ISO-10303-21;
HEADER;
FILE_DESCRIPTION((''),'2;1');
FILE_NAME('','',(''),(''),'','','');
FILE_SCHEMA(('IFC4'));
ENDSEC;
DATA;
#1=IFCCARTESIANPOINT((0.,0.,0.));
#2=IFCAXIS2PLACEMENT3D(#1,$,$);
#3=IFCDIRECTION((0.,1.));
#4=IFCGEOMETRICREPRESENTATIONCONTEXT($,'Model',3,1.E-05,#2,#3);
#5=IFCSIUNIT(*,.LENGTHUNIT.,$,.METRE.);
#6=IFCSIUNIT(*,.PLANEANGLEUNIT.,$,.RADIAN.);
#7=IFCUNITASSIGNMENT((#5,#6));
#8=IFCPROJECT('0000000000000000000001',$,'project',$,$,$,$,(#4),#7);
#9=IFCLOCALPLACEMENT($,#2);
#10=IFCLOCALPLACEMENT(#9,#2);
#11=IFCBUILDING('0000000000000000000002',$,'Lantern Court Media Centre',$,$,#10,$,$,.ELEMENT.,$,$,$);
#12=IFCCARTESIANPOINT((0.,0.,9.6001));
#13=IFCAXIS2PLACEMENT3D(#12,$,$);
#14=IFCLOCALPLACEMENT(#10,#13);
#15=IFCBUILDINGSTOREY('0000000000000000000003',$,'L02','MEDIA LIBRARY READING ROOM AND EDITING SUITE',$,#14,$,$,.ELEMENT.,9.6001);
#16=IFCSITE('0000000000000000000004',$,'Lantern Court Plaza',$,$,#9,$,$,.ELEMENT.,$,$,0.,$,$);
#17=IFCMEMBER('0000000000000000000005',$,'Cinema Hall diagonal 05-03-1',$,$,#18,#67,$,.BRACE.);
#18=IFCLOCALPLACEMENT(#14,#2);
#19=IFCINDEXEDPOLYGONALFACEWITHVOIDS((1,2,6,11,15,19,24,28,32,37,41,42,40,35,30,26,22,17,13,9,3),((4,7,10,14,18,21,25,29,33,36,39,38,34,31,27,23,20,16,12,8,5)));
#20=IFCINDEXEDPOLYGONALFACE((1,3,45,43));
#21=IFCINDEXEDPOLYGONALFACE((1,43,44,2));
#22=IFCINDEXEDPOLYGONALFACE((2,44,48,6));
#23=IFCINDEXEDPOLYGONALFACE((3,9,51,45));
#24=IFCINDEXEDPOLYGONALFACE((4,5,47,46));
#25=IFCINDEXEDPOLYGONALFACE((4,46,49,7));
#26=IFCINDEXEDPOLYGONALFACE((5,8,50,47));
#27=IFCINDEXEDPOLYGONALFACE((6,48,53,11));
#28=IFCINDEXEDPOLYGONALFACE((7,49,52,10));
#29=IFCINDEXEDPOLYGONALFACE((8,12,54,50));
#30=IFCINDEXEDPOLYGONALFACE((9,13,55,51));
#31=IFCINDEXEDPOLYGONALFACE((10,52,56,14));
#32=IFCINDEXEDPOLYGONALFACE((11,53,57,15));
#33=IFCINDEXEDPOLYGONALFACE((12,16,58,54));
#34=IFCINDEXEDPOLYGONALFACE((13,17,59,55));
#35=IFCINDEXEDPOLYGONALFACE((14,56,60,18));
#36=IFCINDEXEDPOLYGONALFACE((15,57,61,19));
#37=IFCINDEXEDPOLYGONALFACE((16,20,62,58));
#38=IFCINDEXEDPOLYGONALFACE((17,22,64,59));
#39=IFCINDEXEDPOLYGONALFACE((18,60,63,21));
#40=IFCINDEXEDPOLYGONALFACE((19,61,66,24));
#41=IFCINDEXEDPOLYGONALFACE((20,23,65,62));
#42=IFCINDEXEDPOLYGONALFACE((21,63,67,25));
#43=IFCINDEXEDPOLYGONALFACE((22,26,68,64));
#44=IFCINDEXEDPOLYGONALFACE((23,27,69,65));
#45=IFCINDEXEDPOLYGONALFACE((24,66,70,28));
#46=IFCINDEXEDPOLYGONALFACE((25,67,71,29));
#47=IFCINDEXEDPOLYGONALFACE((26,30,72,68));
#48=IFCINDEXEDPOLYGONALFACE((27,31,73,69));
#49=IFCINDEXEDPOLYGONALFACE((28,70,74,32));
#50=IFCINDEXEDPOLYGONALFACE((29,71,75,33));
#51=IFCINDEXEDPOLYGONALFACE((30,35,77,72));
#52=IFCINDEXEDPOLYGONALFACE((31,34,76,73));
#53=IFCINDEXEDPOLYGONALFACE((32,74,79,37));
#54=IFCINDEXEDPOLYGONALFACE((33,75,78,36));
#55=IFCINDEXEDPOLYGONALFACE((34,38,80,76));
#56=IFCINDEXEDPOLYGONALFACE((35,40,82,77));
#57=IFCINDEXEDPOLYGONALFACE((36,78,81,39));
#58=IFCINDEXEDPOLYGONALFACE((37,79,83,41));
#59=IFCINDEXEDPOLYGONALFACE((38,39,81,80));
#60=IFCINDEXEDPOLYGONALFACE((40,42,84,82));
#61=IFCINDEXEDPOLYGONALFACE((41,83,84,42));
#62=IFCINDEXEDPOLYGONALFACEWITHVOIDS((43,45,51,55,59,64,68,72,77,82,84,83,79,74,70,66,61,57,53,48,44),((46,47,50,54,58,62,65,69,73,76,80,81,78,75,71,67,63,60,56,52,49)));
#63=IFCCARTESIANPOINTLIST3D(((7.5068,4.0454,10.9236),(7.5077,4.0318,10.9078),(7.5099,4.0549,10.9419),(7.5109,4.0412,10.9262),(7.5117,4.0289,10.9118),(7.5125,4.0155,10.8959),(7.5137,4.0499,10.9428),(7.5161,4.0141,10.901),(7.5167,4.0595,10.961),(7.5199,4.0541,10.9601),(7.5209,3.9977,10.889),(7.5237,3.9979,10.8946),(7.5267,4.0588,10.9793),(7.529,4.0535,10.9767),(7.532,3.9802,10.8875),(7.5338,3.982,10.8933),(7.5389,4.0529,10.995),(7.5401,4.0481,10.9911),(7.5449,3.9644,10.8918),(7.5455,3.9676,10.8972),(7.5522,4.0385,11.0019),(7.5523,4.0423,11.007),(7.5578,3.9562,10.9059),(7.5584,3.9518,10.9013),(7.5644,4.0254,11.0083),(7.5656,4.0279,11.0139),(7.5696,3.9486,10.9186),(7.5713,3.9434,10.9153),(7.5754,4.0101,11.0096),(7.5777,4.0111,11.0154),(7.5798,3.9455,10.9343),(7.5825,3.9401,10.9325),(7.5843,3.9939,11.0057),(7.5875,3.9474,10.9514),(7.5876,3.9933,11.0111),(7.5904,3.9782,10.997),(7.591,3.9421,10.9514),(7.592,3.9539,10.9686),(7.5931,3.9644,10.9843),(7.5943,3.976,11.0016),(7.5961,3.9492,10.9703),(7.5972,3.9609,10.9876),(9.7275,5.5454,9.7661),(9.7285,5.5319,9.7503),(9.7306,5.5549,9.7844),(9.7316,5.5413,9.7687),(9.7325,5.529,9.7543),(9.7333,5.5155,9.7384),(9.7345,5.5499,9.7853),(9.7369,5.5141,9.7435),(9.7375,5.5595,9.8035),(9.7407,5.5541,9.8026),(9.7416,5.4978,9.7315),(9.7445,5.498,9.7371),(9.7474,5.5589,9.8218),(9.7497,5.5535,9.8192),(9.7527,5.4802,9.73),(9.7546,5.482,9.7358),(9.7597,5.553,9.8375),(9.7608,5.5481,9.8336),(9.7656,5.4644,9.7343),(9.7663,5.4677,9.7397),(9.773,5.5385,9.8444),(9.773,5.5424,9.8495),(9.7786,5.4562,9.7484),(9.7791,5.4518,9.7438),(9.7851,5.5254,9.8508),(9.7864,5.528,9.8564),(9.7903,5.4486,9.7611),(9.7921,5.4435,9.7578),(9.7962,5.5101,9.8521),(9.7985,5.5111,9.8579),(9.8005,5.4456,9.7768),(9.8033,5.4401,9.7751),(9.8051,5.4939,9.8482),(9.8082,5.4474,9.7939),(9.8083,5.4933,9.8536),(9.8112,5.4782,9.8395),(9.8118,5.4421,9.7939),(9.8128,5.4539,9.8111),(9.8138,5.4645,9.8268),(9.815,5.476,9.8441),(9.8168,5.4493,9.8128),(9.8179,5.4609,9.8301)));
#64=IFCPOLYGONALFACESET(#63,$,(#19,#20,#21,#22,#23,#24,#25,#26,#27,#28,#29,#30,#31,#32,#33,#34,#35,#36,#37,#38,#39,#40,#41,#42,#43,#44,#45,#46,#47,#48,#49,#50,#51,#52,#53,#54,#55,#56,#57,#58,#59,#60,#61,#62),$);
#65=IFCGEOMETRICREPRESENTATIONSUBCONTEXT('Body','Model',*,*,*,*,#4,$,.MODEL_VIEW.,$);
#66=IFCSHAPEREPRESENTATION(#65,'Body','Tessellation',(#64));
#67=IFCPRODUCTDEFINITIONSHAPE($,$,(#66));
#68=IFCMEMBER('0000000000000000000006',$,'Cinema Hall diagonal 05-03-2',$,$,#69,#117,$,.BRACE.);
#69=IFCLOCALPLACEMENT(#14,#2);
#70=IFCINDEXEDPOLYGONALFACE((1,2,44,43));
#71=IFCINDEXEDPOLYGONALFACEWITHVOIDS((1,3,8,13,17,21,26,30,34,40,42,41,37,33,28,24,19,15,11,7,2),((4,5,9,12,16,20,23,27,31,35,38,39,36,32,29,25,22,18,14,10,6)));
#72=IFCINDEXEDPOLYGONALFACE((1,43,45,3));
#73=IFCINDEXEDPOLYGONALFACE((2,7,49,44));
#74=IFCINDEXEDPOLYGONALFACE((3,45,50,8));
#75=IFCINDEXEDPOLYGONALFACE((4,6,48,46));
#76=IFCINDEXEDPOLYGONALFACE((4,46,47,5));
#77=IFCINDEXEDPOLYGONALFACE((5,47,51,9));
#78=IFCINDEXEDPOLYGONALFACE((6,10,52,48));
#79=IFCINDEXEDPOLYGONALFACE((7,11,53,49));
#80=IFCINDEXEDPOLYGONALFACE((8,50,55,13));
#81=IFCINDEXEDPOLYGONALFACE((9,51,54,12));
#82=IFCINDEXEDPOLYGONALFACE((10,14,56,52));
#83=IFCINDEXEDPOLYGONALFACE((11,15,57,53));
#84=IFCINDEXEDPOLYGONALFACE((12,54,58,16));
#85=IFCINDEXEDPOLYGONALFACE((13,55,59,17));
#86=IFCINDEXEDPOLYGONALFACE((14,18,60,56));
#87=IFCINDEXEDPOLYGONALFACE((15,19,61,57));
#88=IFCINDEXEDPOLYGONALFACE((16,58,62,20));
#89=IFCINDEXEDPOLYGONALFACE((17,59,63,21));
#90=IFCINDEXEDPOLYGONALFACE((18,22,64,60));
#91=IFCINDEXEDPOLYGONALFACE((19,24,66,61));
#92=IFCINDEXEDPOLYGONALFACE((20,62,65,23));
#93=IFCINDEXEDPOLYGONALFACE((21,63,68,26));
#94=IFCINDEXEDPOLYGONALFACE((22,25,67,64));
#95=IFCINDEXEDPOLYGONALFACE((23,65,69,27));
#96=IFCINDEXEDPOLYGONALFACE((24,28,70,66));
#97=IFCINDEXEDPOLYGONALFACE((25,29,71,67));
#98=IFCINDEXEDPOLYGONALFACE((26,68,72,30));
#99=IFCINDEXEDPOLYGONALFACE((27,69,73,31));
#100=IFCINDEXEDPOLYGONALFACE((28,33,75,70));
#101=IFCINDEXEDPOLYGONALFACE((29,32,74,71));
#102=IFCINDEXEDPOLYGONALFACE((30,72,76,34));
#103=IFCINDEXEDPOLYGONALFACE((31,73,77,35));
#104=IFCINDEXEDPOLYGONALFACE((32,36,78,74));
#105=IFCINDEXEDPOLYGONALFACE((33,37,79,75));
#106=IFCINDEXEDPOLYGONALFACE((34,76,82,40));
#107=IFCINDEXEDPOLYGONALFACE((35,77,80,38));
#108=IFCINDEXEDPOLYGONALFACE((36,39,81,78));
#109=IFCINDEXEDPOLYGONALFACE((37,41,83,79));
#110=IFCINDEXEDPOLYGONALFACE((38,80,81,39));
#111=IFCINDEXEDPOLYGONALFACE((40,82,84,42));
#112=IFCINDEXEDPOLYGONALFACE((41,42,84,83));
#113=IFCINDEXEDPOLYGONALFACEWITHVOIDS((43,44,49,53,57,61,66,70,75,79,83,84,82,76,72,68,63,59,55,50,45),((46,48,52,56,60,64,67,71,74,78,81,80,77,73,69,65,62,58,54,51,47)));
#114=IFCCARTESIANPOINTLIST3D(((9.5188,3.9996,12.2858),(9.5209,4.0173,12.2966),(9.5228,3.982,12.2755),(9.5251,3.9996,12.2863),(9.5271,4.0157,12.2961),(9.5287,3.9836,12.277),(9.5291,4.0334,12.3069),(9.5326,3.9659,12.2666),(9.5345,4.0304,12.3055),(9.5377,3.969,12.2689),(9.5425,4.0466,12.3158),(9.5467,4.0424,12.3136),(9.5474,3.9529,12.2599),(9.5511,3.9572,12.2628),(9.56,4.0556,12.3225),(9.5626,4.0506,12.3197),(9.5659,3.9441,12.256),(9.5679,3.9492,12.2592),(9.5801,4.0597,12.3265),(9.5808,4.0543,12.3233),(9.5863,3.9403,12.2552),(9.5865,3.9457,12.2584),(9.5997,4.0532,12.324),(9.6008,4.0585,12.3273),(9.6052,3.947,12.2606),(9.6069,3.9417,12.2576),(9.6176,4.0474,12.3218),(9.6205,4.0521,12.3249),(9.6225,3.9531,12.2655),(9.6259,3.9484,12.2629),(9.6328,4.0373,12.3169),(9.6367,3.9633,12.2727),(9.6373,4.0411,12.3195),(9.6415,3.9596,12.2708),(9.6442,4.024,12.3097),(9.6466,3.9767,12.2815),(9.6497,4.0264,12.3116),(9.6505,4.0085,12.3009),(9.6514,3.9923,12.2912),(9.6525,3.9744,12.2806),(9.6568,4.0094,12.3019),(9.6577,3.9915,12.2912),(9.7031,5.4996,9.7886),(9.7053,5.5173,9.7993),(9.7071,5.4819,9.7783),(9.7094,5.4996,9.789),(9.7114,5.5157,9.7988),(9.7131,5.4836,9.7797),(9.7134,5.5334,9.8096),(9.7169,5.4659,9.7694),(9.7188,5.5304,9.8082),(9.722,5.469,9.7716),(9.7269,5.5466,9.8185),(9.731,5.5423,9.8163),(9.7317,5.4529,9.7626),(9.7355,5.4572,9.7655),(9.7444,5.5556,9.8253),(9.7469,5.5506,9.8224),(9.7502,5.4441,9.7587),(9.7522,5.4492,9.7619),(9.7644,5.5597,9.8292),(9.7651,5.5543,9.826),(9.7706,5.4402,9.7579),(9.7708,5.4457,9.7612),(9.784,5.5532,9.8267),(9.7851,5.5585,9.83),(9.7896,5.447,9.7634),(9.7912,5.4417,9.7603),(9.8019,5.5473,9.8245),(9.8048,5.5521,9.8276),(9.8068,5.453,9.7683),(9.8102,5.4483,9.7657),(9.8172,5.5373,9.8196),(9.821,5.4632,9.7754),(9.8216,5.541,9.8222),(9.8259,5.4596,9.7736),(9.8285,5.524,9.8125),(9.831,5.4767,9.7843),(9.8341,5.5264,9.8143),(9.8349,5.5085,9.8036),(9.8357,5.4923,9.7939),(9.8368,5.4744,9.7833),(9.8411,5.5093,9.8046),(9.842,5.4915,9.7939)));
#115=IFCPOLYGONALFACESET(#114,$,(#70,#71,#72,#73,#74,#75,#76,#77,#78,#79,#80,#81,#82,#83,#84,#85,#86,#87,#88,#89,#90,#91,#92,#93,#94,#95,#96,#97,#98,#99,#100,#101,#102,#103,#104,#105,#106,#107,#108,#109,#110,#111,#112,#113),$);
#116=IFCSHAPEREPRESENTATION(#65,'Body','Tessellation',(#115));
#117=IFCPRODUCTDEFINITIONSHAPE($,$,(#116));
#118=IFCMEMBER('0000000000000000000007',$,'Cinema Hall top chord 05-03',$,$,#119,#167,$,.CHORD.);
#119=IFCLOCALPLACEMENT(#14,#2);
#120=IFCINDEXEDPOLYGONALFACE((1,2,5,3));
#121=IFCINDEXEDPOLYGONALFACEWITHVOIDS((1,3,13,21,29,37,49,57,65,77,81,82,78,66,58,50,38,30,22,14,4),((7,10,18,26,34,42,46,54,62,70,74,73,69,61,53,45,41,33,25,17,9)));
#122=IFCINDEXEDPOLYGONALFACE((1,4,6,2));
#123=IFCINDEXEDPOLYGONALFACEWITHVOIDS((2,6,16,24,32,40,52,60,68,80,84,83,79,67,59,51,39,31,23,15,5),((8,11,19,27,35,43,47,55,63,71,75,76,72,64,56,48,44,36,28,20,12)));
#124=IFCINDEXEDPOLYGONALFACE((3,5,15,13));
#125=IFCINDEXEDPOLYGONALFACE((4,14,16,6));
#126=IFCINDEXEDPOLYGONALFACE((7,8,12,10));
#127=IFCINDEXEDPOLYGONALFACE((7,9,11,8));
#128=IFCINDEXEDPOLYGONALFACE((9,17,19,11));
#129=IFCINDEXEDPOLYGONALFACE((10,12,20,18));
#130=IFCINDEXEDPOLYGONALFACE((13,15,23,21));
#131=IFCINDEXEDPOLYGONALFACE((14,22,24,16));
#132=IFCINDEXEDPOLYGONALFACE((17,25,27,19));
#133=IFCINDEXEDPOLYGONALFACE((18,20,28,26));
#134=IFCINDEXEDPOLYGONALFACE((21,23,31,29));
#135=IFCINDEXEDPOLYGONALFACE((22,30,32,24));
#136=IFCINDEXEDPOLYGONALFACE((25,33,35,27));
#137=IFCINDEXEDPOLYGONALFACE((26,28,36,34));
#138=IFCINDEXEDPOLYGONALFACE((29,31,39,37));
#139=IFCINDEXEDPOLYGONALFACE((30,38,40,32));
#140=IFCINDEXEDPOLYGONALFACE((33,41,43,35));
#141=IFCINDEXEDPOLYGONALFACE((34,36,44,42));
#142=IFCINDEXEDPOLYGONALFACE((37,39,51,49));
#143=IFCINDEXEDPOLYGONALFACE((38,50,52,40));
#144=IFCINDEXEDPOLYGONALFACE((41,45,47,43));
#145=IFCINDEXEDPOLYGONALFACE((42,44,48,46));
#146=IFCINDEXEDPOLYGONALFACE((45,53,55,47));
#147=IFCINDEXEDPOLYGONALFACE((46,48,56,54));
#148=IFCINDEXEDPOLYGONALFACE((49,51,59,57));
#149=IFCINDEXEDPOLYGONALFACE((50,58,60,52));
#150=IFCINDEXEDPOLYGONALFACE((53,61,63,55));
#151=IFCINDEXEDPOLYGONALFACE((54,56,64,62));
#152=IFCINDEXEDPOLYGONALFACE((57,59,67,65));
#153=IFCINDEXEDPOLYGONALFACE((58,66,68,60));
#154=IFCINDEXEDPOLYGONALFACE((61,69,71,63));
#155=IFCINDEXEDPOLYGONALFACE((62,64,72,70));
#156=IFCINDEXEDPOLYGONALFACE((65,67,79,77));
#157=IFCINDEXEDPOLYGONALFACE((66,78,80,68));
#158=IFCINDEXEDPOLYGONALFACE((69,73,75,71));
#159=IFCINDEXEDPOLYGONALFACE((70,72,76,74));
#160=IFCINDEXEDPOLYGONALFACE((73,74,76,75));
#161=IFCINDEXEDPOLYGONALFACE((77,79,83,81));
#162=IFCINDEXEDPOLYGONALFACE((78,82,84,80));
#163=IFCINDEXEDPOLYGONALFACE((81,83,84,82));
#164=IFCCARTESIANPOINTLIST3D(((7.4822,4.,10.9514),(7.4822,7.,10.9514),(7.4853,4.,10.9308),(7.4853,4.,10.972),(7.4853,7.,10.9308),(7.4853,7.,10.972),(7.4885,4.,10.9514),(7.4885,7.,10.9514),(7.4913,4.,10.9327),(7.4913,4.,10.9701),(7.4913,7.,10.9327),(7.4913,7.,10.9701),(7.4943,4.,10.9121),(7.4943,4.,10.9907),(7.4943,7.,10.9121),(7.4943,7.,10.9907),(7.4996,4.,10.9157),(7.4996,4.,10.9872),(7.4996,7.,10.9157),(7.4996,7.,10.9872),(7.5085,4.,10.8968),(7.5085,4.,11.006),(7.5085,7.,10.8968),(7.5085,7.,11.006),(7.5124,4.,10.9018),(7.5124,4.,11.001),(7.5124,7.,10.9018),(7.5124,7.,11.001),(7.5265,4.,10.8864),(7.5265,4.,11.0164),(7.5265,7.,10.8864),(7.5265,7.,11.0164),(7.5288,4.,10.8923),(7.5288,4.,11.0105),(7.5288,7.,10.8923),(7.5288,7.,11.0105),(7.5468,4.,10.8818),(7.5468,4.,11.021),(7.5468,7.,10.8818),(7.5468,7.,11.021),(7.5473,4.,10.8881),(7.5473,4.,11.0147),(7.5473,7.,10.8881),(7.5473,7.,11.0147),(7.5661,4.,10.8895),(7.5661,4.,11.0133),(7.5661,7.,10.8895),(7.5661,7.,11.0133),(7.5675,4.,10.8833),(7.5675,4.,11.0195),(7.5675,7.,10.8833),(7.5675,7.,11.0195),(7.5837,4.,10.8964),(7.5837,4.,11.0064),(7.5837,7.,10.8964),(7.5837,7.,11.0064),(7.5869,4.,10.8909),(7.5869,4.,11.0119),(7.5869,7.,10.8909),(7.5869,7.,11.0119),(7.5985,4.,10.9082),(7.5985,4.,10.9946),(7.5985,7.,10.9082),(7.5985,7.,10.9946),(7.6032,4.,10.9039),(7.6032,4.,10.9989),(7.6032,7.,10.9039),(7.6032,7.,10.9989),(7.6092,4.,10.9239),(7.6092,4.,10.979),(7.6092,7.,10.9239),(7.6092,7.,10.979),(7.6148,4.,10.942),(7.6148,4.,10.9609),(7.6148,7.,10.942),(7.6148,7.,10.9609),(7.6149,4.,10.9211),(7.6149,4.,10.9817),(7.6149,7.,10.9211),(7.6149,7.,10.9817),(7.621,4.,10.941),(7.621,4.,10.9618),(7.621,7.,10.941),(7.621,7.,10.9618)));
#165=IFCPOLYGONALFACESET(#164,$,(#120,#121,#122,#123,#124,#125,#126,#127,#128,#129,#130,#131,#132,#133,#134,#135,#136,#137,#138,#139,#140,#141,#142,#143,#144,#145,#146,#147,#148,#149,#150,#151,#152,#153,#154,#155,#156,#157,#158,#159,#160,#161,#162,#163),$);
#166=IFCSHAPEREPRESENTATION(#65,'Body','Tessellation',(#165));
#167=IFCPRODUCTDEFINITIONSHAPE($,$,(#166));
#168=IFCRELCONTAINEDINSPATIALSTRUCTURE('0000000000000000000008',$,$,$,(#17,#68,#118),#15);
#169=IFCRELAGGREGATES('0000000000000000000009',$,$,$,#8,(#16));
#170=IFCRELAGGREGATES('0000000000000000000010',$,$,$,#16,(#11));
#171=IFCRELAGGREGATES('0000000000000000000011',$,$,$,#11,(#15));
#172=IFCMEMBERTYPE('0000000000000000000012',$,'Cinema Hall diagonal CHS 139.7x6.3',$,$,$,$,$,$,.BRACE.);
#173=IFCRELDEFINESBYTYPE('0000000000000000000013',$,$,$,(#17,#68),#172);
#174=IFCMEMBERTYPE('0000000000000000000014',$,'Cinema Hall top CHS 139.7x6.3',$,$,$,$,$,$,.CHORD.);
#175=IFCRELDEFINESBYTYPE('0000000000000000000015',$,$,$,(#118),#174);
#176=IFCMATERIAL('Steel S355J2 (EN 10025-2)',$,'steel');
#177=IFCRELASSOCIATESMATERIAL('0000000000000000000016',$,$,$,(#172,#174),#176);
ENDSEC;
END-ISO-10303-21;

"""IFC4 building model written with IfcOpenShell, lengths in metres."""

from ifc_helpers import new_model, si_unit, direction, frame, origin, origin_2d, place, context, subcontext, project, spatial, hollow_circle, extrude, material, material_profile, profile_set, type_object, element, save


model = new_model("IFC4")

# Units and contexts
model_context = context("Model", 3, precision=1e-05, world=origin(), true_north=direction((0.0, 1.0)))
body_context = subcontext(model_context, "Body", "Model", "MODEL_VIEW")
ifc_project = project(units=[si_unit("LENGTHUNIT", "METRE"), si_unit("PLANEANGLEUNIT", "RADIAN")], contexts=[model_context])

# Site, building, storey
site_placement = place(None, origin())
site = spatial("IfcSite", under=ifc_project, at=site_placement, Name="Lantern Court Plaza", CompositionType="ELEMENT", RefElevation=0.0)
building_placement = place(site_placement, origin())
building = spatial("IfcBuilding", under=site, at=building_placement, Name="Lantern Court Media Centre", CompositionType="ELEMENT")
storey_placement = place(building_placement, frame((0.0, 0.0, 9.6001)))
storey = spatial("IfcBuildingStorey", under=building, at=storey_placement, Name="L02", Description="MEDIA LIBRARY READING ROOM AND EDITING SUITE", CompositionType="ELEMENT", Elevation=9.6001)

# Members
ifc_material = material(Name="Steel S355J2 (EN 10025-2)", Category="steel")
ifc_material_profile_1 = material_profile(ifc_material, hollow_circle(Radius=0.0698, WallThickness=0.0063, at=origin_2d()), Name="Cinema Hall diagonal CHS 139.7x6.3")
ifc_profile_set_1 = profile_set([ifc_material_profile_1], Name="Steel S355J2 (EN 10025-2)")
member_type_1 = type_object("IfcMemberType", Name="Cinema Hall diagonal CHS 139.7x6.3", PredefinedType="BRACE", material=ifc_profile_set_1)
member_1_placement = place(storey_placement, frame((9.7727, 5.5, 9.7939), z_axis=(-0.760744, -0.513854, 0.396514), x_axis=(0.559736, -0.828671, 0.0)))
element("IfcMember", 1, at=member_1_placement, inside=storey, type_object=member_type_1, Name="Cinema Hall diagonal 05-03-1", PredefinedType="BRACE", context=body_context, shape_type="SweptSolid", body=[
    extrude(hollow_circle(Radius=0.0698, WallThickness=0.0063, at=origin_2d()), origin(), (0.0, 0.0, 1.0), 2.9192),
])
member_2_placement = place(storey_placement, frame((9.7727, 5.5, 9.7939), z_axis=(-0.063147, -0.513875, 0.855538), x_axis=(0.992534, -0.121967, 0.0)))
element("IfcMember", 2, at=member_2_placement, inside=storey, type_object=member_type_1, Name="Cinema Hall diagonal 05-03-2", PredefinedType="BRACE", context=body_context, shape_type="SweptSolid", body=[
    extrude(hollow_circle(Radius=0.0698, WallThickness=0.0063, at=origin_2d()), origin(), (0.0, 0.0, 1.0), 2.9189),
])
ifc_material_profile_2 = material_profile(ifc_material, hollow_circle(Radius=0.0698, WallThickness=0.0063, at=origin_2d()), Name="Cinema Hall top CHS 139.7x6.3")
ifc_profile_set_2 = profile_set([ifc_material_profile_2], Name="Steel S355J2 (EN 10025-2)")
member_type_2 = type_object("IfcMemberType", Name="Cinema Hall top CHS 139.7x6.3", PredefinedType="CHORD", material=ifc_profile_set_2)
member_3_placement = place(storey_placement, frame((7.552, 4.0, 10.9514), z_axis=(0.0, 1.0, 0.0), x_axis=(-1.0, 0.0, 0.0)))
element("IfcMember", 3, at=member_3_placement, inside=storey, type_object=member_type_2, Name="Cinema Hall top chord 05-03", PredefinedType="CHORD", context=body_context, shape_type="SweptSolid", body=[
    extrude(hollow_circle(Radius=0.0698, WallThickness=0.0063, at=origin_2d()), origin(), (0.0, 0.0, 1.0), 3.0),
])

save(model, "model.ifc")
